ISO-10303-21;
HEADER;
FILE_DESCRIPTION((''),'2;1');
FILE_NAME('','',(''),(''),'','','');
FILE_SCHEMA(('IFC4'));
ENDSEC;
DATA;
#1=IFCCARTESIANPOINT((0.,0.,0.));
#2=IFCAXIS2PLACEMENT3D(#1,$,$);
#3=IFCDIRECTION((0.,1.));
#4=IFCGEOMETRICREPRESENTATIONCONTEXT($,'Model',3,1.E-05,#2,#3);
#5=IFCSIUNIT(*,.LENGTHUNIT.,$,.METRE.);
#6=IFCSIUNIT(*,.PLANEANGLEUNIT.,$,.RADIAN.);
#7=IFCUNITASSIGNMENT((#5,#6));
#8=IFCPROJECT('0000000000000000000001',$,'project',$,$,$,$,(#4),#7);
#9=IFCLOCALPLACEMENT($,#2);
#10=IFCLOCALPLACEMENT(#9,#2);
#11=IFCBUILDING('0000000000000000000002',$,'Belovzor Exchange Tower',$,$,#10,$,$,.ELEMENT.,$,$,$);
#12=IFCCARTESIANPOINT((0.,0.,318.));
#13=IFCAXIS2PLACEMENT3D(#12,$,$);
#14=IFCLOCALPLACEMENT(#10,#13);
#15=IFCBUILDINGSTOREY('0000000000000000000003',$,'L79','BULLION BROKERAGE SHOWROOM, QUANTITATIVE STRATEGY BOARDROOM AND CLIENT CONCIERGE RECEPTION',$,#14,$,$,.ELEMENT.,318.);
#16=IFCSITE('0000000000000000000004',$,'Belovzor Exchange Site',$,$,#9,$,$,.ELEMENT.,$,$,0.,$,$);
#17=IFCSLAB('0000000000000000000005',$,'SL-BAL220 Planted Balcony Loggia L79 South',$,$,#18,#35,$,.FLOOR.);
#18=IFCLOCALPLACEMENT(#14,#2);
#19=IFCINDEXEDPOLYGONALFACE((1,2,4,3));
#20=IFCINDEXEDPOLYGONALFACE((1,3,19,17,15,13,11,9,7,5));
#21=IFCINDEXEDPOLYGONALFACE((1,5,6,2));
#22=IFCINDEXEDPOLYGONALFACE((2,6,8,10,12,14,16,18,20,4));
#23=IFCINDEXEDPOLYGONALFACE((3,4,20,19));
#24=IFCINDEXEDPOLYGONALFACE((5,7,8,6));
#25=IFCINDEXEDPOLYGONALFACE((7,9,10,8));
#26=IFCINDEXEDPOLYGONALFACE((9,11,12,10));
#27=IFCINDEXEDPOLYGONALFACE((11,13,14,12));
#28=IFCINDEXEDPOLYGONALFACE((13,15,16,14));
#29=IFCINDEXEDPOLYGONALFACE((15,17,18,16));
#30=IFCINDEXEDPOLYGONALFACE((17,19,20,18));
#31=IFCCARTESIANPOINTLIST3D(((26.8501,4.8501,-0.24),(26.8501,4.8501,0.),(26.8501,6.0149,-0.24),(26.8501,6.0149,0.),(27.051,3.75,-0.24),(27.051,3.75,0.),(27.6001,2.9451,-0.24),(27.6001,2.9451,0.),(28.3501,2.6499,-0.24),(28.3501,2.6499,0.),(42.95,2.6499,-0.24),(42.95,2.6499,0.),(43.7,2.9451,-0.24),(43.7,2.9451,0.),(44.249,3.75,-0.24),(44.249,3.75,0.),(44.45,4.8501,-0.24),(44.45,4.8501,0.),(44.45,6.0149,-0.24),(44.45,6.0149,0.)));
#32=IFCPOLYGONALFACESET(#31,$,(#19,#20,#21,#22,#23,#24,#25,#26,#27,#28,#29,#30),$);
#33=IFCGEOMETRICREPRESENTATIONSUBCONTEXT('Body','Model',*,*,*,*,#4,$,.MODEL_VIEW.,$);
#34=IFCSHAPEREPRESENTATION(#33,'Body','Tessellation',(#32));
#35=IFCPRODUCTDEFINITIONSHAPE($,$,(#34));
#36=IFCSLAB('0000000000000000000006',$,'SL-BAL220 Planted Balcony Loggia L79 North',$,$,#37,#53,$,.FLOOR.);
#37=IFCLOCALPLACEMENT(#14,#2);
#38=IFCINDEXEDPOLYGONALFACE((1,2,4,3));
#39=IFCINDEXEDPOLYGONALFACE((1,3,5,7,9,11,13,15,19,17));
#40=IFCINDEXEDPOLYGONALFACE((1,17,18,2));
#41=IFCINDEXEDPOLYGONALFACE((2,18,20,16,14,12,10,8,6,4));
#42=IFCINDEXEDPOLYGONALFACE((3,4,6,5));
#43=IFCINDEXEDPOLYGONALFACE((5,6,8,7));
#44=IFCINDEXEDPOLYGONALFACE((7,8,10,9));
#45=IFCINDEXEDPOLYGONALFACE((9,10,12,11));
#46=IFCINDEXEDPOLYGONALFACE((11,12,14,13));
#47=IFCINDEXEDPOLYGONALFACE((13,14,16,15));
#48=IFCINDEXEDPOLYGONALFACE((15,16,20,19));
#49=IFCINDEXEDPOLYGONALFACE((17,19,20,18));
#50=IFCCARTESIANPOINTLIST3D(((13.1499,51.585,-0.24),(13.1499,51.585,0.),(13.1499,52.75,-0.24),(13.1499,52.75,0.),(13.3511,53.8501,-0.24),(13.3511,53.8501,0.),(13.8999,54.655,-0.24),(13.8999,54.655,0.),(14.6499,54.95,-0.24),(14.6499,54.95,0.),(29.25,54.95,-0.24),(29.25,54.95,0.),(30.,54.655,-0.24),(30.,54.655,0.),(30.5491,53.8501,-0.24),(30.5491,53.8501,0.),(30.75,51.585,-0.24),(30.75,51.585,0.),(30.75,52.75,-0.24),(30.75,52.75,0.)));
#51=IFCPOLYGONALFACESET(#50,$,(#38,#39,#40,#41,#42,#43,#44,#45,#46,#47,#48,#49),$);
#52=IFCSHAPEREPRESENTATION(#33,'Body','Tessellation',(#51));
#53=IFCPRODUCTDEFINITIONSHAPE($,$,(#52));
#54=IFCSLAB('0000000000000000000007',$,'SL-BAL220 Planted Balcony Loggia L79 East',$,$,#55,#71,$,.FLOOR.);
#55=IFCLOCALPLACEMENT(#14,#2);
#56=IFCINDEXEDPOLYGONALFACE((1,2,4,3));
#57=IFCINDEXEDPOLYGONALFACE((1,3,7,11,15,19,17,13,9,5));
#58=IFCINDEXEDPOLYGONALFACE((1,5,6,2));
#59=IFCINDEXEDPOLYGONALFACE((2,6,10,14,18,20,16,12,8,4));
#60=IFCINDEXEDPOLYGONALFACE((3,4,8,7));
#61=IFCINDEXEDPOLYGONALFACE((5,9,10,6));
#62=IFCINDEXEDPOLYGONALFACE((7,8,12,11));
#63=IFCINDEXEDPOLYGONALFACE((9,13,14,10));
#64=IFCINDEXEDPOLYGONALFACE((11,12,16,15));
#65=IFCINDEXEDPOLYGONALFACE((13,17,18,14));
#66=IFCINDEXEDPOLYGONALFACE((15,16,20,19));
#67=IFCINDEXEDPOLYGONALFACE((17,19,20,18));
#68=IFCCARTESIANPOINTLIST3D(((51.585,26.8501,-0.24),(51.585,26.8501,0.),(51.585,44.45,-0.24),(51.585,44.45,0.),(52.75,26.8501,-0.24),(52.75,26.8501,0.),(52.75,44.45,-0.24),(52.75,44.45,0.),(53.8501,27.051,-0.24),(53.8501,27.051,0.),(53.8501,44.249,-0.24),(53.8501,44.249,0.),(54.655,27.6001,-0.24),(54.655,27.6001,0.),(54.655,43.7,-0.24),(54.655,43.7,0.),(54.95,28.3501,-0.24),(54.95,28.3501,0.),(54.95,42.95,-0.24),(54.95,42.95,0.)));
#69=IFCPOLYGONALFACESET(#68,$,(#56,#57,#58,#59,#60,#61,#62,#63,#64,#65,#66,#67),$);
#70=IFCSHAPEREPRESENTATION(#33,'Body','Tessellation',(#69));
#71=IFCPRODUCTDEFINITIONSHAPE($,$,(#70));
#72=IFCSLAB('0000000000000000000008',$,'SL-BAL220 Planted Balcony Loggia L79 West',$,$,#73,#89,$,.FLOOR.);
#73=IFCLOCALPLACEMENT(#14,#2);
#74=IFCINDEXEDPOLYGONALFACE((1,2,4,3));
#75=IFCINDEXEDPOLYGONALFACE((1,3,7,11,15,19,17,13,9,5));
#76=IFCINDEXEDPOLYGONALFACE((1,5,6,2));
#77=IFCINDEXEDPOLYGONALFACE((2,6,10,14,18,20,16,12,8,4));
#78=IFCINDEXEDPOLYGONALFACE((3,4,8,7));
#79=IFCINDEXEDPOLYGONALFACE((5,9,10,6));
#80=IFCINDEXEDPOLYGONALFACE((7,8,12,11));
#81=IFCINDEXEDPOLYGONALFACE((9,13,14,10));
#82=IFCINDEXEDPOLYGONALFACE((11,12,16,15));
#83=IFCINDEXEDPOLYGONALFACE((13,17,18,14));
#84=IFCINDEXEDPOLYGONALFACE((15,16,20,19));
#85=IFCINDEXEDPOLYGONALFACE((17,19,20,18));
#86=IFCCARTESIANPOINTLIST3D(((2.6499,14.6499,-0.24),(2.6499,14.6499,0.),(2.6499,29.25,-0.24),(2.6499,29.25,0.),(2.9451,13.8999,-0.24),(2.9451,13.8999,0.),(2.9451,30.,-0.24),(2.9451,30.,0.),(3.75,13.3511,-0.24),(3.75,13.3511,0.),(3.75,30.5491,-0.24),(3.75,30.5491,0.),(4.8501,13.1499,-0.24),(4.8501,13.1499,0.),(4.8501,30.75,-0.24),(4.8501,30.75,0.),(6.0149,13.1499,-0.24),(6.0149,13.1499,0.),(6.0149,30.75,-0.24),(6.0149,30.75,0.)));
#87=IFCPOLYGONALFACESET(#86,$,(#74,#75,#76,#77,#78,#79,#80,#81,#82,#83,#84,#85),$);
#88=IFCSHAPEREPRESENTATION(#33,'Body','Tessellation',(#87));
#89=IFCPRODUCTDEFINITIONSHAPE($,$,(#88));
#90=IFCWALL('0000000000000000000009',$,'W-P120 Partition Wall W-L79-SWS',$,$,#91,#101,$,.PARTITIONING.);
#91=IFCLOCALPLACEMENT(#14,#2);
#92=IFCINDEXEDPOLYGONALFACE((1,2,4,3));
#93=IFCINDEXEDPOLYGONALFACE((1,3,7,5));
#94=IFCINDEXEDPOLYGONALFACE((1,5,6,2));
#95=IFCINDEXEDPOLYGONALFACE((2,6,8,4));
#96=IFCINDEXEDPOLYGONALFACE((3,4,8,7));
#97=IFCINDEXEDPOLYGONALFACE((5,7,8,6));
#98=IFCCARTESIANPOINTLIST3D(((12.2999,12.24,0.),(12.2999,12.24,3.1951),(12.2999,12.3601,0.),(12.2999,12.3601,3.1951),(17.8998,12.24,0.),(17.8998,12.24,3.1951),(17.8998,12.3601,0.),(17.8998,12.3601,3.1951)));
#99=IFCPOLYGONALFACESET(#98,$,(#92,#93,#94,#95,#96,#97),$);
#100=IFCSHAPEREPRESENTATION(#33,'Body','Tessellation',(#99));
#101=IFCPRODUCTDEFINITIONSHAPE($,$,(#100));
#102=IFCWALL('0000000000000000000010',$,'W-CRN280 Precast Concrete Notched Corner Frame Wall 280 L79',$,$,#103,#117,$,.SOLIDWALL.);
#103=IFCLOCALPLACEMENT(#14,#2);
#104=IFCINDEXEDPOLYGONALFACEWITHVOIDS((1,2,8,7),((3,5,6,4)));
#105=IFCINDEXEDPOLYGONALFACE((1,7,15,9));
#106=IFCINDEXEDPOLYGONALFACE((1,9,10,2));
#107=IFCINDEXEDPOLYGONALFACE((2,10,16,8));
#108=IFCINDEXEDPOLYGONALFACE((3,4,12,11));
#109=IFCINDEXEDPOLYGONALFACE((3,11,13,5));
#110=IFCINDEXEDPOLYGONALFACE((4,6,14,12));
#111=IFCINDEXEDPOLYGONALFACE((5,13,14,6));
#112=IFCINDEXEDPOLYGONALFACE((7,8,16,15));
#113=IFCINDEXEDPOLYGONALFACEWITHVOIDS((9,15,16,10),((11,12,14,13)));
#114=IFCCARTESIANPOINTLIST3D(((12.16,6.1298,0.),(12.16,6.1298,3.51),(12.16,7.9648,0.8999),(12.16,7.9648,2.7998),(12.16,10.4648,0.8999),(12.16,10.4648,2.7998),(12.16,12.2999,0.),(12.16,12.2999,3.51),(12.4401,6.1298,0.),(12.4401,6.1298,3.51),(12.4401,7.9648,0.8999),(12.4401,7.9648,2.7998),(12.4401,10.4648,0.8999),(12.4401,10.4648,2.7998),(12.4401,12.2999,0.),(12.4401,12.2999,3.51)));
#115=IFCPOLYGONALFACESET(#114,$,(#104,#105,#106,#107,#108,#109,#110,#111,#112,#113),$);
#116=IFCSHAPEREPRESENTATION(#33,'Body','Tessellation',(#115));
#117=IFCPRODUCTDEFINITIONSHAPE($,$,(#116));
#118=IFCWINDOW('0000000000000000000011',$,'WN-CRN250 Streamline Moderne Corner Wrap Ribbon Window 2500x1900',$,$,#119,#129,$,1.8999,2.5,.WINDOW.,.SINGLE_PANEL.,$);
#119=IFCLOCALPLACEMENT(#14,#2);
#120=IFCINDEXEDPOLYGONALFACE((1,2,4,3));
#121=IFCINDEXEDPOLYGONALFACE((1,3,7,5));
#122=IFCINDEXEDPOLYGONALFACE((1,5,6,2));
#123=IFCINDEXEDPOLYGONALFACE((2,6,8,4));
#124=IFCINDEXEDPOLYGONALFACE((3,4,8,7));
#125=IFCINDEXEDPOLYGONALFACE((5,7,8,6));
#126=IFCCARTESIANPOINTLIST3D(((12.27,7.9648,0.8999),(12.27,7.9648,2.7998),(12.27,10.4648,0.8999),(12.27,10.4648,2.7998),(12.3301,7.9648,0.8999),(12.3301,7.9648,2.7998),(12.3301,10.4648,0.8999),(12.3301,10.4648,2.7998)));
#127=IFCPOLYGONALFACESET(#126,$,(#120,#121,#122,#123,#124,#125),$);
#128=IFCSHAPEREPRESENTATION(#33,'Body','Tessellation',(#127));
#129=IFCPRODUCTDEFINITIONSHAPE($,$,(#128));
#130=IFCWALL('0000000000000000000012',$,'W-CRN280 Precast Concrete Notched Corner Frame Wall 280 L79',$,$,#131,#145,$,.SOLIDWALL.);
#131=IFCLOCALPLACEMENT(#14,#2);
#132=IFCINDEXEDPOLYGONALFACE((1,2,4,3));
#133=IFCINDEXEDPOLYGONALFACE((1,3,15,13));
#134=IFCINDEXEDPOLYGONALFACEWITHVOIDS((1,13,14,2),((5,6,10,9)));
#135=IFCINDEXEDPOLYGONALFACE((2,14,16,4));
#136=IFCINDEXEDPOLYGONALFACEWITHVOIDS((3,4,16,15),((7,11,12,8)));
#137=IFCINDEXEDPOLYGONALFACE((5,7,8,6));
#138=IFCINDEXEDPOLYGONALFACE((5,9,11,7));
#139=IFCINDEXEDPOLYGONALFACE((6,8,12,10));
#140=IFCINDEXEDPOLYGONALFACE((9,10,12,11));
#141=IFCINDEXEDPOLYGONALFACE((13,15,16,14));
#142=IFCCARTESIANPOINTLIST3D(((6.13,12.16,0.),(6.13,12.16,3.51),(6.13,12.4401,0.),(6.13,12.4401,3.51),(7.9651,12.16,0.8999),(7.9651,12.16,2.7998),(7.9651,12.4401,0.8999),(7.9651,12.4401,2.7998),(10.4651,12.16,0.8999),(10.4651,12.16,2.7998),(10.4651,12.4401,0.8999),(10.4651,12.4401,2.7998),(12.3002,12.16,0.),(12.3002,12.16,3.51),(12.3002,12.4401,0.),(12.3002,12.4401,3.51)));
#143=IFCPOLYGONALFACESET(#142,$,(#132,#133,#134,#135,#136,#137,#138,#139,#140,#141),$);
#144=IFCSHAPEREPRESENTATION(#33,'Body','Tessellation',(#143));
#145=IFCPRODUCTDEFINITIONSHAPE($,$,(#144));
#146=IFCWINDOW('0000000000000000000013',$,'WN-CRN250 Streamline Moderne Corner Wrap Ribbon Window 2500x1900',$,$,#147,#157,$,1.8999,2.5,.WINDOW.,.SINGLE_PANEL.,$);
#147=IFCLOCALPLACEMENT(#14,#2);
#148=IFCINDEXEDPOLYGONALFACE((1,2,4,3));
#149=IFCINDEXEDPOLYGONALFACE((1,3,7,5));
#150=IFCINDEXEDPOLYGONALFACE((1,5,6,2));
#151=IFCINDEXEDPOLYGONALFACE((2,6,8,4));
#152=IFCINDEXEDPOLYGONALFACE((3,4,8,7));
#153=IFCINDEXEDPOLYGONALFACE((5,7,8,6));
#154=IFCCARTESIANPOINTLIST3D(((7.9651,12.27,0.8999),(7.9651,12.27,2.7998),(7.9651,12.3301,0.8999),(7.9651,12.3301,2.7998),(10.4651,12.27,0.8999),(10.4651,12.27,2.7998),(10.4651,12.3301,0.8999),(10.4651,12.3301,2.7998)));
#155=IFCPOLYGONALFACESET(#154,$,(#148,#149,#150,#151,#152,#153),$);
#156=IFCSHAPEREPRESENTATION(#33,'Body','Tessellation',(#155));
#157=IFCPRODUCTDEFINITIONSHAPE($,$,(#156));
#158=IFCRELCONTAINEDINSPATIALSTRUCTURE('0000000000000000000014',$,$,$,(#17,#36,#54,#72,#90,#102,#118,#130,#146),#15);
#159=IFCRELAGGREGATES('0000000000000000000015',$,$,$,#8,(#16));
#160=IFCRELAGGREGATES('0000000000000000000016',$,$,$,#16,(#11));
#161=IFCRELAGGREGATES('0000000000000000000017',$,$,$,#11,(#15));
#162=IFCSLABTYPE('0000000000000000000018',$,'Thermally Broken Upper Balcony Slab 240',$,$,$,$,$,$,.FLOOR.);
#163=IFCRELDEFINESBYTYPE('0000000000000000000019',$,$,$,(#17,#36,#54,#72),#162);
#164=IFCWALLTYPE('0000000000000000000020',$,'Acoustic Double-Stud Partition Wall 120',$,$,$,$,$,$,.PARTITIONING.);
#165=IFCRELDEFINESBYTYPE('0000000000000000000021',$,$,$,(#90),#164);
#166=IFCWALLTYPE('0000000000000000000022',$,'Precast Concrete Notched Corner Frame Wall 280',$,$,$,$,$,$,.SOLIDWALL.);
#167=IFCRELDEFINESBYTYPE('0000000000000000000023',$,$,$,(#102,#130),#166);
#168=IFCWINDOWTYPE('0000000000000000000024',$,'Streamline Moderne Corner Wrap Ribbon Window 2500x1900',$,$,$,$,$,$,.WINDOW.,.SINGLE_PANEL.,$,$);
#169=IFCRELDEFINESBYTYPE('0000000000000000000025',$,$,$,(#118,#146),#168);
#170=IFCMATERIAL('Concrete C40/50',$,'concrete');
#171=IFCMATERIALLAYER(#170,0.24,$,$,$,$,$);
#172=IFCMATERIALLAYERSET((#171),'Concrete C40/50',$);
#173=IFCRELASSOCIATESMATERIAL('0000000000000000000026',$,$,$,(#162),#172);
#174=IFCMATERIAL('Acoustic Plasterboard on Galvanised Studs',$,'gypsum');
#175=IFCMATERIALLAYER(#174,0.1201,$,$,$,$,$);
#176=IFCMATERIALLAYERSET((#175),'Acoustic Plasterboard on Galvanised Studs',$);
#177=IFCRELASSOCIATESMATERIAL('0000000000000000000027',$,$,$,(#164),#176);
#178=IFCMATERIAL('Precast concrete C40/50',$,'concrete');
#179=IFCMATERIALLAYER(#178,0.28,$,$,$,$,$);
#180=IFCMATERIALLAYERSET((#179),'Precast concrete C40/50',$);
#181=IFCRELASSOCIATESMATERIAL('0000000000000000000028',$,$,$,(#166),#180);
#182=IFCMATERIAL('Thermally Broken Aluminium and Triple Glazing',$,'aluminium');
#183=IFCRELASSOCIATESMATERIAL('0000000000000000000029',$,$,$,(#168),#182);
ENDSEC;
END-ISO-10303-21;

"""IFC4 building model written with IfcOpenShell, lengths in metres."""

from ifc_helpers import new_model, si_unit, direction, frame, frame_2d, origin, place, context, subcontext, project, spatial, polyline, rectangle, outline, extrude, material, layer, layer_set, type_object, element, fill, save


model = new_model("IFC4")

# Units and contexts
model_context = context("Model", 3, precision=1e-05, world=origin(), true_north=direction((0.0, 1.0)))
body_context = subcontext(model_context, "Body", "Model", "MODEL_VIEW")
ifc_project = project(units=[si_unit("LENGTHUNIT", "METRE"), si_unit("PLANEANGLEUNIT", "RADIAN")], contexts=[model_context])

# Site, building, storey
site_placement = place(None, origin())
site = spatial("IfcSite", under=ifc_project, at=site_placement, Name="Belovzor Exchange Site", CompositionType="ELEMENT", RefElevation=0.0)
building_placement = place(site_placement, origin())
building = spatial("IfcBuilding", under=site, at=building_placement, Name="Belovzor Exchange Tower", CompositionType="ELEMENT")
storey_placement = place(building_placement, frame((0.0, 0.0, 318.0)))
storey = spatial("IfcBuildingStorey", under=building, at=storey_placement, Name="L79", Description="BULLION BROKERAGE SHOWROOM, QUANTITATIVE STRATEGY BOARDROOM AND CLIENT CONCIERGE RECEPTION", CompositionType="ELEMENT", Elevation=318.0)

# Slabs
ifc_material_1 = material(Name="Concrete C40/50", Category="concrete")
ifc_layer_1 = layer(ifc_material_1, 0.24)
ifc_layer_set_1 = layer_set([ifc_layer_1], Name="Concrete C40/50")
slab_type_1 = type_object("IfcSlabType", Name="Thermally Broken Upper Balcony Slab 240", PredefinedType="FLOOR", material=ifc_layer_set_1)
slab_1_placement = place(storey_placement, frame((0.0, 0.0, -0.24)))
element("IfcSlab", 1, at=slab_1_placement, inside=storey, type_object=slab_type_1, Name="SL-BAL220 Planted Balcony Loggia L79 South", PredefinedType="FLOOR", context=body_context, shape_type="SweptSolid", body=[
    extrude(outline(polyline([(26.8501, 6.0149), (26.8501, 4.8501), (27.051, 3.75), (27.6001, 2.9451), (28.3501, 2.6499), (42.95, 2.6499), (43.7, 2.9451), (44.249, 3.75), (44.45, 4.8501), (44.45, 6.0149), (26.8501, 6.0149)])), origin(), (0.0, 0.0, 1.0), 0.24),
])
slab_2_placement = place(storey_placement, frame((0.0, 0.0, -0.24)))
element("IfcSlab", 2, at=slab_2_placement, inside=storey, type_object=slab_type_1, Name="SL-BAL220 Planted Balcony Loggia L79 North", PredefinedType="FLOOR", context=body_context, shape_type="SweptSolid", body=[
    extrude(outline(polyline([(30.75, 51.585), (30.75, 52.75), (30.5491, 53.8501), (30.0, 54.655), (29.25, 54.95), (14.6499, 54.95), (13.8999, 54.655), (13.3511, 53.8501), (13.1499, 52.75), (13.1499, 51.585), (30.75, 51.585)])), origin(), (0.0, 0.0, 1.0), 0.24),
])
slab_3_placement = place(storey_placement, frame((0.0, 0.0, -0.24)))
element("IfcSlab", 3, at=slab_3_placement, inside=storey, type_object=slab_type_1, Name="SL-BAL220 Planted Balcony Loggia L79 East", PredefinedType="FLOOR", context=body_context, shape_type="SweptSolid", body=[
    extrude(outline(polyline([(51.585, 26.8501), (52.75, 26.8501), (53.8501, 27.051), (54.655, 27.6001), (54.95, 28.3501), (54.95, 42.95), (54.655, 43.7), (53.8501, 44.249), (52.75, 44.45), (51.585, 44.45), (51.585, 26.8501)])), origin(), (0.0, 0.0, 1.0), 0.24),
])
slab_4_placement = place(storey_placement, frame((0.0, 0.0, -0.24)))
element("IfcSlab", 4, at=slab_4_placement, inside=storey, type_object=slab_type_1, Name="SL-BAL220 Planted Balcony Loggia L79 West", PredefinedType="FLOOR", context=body_context, shape_type="SweptSolid", body=[
    extrude(outline(polyline([(6.0149, 30.75), (4.8501, 30.75), (3.75, 30.5491), (2.9451, 30.0), (2.6499, 29.25), (2.6499, 14.6499), (2.9451, 13.8999), (3.75, 13.3511), (4.8501, 13.1499), (6.0149, 13.1499), (6.0149, 30.75)])), origin(), (0.0, 0.0, 1.0), 0.24),
])

# Wall
ifc_material_2 = material(Name="Acoustic Plasterboard on Galvanised Studs", Category="gypsum")
ifc_layer_2 = layer(ifc_material_2, 0.1201)
ifc_layer_set_2 = layer_set([ifc_layer_2], Name="Acoustic Plasterboard on Galvanised Studs")
wall_type_1 = type_object("IfcWallType", Name="Acoustic Double-Stud Partition Wall 120", PredefinedType="PARTITIONING", material=ifc_layer_set_2)
wall_1_placement = place(storey_placement, frame((12.3, 12.3, 0.0), z_axis=(0.0, 0.0, 1.0), x_axis=(1.0, 0.0, 0.0)))
element("IfcWall", 5, at=wall_1_placement, inside=storey, type_object=wall_type_1, Name="W-P120 Partition Wall W-L79-SWS", PredefinedType="PARTITIONING", context=body_context, shape_type="SweptSolid", body=[
    extrude(rectangle(XDim=5.5999, YDim=0.1201, at=frame_2d((2.7998, 0.0))), origin(), (0.0, 0.0, 1.0), 3.1951),
])

# Walls, openings, windows
ifc_material_3 = material(Name="Precast concrete C40/50", Category="concrete")
ifc_layer_3 = layer(ifc_material_3, 0.28)
ifc_layer_set_3 = layer_set([ifc_layer_3], Name="Precast concrete C40/50")
wall_type_2 = type_object("IfcWallType", Name="Precast Concrete Notched Corner Frame Wall 280", PredefinedType="SOLIDWALL", material=ifc_layer_set_3)
wall_2_placement = place(storey_placement, frame((12.3, 6.1299, 0.0), z_axis=(0.0, 0.0, 1.0), x_axis=(0.0, 1.0, 0.0)))
wall_2 = element("IfcWall", 6, at=wall_2_placement, inside=storey, type_object=wall_type_2, Name="W-CRN280 Precast Concrete Notched Corner Frame Wall 280 L79", PredefinedType="SOLIDWALL", context=body_context, shape_type="SweptSolid", body=[
    extrude(rectangle(XDim=6.1702, YDim=0.28, at=frame_2d((3.085, 0.0))), origin(), (0.0, 0.0, 1.0), 3.51),
])
opening_1_placement = place(wall_2_placement, frame((1.835, 0.0, 0.8999)))
opening_1 = element("IfcOpeningElement", 7, at=opening_1_placement, cuts=wall_2, PredefinedType="OPENING", context=body_context, shape_type="SweptSolid", body=[
    extrude(rectangle(XDim=2.5, YDim=1.8999, at=frame_2d((1.25, 0.95))), frame((0.0, 0.1499, 0.0), z_axis=(0.0, -1.0, 0.0), x_axis=(1.0, 0.0, 0.0)), (0.0, 0.0, 1.0), 0.3),
])
ifc_material_4 = material(Name="Thermally Broken Aluminium and Triple Glazing", Category="aluminium")
window_type = type_object("IfcWindowType", Name="Streamline Moderne Corner Wrap Ribbon Window 2500x1900", PartitioningType="SINGLE_PANEL", PredefinedType="WINDOW", material=ifc_material_4)
window_1_placement = place(opening_1_placement, origin())
window_1 = element("IfcWindow", 8, at=window_1_placement, inside=storey, type_object=window_type, Name="WN-CRN250 Streamline Moderne Corner Wrap Ribbon Window 2500x1900", OverallHeight=1.8999, OverallWidth=2.5, PartitioningType="SINGLE_PANEL", PredefinedType="WINDOW", context=body_context, shape_type="SweptSolid", body=[
    extrude(rectangle(XDim=2.5, YDim=1.8999, at=frame_2d((1.25, 0.95))), frame((0.0, 0.03, 0.0), z_axis=(0.0, -1.0, 0.0), x_axis=(1.0, 0.0, 0.0)), (0.0, 0.0, 1.0), 0.0601),
])
fill(opening_1, window_1)
wall_3_placement = place(storey_placement, frame((12.3, 12.3, 0.0), z_axis=(0.0, 0.0, 1.0), x_axis=(-1.0, 0.0, 0.0)))
wall_3 = element("IfcWall", 9, at=wall_3_placement, inside=storey, type_object=wall_type_2, Name="W-CRN280 Precast Concrete Notched Corner Frame Wall 280 L79", PredefinedType="SOLIDWALL", context=body_context, shape_type="SweptSolid", body=[
    extrude(rectangle(XDim=6.1702, YDim=0.28, at=frame_2d((3.085, 0.0))), origin(), (0.0, 0.0, 1.0), 3.51),
])
opening_2_placement = place(wall_3_placement, frame((1.835, 0.0, 0.8999)))
opening_2 = element("IfcOpeningElement", 10, at=opening_2_placement, cuts=wall_3, PredefinedType="OPENING", context=body_context, shape_type="SweptSolid", body=[
    extrude(rectangle(XDim=2.5, YDim=1.8999, at=frame_2d((1.25, 0.95))), frame((0.0, 0.1499, 0.0), z_axis=(0.0, -1.0, 0.0), x_axis=(1.0, 0.0, 0.0)), (0.0, 0.0, 1.0), 0.3),
])
window_2_placement = place(opening_2_placement, origin())
window_2 = element("IfcWindow", 11, at=window_2_placement, inside=storey, type_object=window_type, Name="WN-CRN250 Streamline Moderne Corner Wrap Ribbon Window 2500x1900", OverallHeight=1.8999, OverallWidth=2.5, PartitioningType="SINGLE_PANEL", PredefinedType="WINDOW", context=body_context, shape_type="SweptSolid", body=[
    extrude(rectangle(XDim=2.5, YDim=1.8999, at=frame_2d((1.25, 0.95))), frame((0.0, 0.03, 0.0), z_axis=(0.0, -1.0, 0.0), x_axis=(1.0, 0.0, 0.0)), (0.0, 0.0, 1.0), 0.0601),
])
fill(opening_2, window_2)

save(model, "model.ifc")
